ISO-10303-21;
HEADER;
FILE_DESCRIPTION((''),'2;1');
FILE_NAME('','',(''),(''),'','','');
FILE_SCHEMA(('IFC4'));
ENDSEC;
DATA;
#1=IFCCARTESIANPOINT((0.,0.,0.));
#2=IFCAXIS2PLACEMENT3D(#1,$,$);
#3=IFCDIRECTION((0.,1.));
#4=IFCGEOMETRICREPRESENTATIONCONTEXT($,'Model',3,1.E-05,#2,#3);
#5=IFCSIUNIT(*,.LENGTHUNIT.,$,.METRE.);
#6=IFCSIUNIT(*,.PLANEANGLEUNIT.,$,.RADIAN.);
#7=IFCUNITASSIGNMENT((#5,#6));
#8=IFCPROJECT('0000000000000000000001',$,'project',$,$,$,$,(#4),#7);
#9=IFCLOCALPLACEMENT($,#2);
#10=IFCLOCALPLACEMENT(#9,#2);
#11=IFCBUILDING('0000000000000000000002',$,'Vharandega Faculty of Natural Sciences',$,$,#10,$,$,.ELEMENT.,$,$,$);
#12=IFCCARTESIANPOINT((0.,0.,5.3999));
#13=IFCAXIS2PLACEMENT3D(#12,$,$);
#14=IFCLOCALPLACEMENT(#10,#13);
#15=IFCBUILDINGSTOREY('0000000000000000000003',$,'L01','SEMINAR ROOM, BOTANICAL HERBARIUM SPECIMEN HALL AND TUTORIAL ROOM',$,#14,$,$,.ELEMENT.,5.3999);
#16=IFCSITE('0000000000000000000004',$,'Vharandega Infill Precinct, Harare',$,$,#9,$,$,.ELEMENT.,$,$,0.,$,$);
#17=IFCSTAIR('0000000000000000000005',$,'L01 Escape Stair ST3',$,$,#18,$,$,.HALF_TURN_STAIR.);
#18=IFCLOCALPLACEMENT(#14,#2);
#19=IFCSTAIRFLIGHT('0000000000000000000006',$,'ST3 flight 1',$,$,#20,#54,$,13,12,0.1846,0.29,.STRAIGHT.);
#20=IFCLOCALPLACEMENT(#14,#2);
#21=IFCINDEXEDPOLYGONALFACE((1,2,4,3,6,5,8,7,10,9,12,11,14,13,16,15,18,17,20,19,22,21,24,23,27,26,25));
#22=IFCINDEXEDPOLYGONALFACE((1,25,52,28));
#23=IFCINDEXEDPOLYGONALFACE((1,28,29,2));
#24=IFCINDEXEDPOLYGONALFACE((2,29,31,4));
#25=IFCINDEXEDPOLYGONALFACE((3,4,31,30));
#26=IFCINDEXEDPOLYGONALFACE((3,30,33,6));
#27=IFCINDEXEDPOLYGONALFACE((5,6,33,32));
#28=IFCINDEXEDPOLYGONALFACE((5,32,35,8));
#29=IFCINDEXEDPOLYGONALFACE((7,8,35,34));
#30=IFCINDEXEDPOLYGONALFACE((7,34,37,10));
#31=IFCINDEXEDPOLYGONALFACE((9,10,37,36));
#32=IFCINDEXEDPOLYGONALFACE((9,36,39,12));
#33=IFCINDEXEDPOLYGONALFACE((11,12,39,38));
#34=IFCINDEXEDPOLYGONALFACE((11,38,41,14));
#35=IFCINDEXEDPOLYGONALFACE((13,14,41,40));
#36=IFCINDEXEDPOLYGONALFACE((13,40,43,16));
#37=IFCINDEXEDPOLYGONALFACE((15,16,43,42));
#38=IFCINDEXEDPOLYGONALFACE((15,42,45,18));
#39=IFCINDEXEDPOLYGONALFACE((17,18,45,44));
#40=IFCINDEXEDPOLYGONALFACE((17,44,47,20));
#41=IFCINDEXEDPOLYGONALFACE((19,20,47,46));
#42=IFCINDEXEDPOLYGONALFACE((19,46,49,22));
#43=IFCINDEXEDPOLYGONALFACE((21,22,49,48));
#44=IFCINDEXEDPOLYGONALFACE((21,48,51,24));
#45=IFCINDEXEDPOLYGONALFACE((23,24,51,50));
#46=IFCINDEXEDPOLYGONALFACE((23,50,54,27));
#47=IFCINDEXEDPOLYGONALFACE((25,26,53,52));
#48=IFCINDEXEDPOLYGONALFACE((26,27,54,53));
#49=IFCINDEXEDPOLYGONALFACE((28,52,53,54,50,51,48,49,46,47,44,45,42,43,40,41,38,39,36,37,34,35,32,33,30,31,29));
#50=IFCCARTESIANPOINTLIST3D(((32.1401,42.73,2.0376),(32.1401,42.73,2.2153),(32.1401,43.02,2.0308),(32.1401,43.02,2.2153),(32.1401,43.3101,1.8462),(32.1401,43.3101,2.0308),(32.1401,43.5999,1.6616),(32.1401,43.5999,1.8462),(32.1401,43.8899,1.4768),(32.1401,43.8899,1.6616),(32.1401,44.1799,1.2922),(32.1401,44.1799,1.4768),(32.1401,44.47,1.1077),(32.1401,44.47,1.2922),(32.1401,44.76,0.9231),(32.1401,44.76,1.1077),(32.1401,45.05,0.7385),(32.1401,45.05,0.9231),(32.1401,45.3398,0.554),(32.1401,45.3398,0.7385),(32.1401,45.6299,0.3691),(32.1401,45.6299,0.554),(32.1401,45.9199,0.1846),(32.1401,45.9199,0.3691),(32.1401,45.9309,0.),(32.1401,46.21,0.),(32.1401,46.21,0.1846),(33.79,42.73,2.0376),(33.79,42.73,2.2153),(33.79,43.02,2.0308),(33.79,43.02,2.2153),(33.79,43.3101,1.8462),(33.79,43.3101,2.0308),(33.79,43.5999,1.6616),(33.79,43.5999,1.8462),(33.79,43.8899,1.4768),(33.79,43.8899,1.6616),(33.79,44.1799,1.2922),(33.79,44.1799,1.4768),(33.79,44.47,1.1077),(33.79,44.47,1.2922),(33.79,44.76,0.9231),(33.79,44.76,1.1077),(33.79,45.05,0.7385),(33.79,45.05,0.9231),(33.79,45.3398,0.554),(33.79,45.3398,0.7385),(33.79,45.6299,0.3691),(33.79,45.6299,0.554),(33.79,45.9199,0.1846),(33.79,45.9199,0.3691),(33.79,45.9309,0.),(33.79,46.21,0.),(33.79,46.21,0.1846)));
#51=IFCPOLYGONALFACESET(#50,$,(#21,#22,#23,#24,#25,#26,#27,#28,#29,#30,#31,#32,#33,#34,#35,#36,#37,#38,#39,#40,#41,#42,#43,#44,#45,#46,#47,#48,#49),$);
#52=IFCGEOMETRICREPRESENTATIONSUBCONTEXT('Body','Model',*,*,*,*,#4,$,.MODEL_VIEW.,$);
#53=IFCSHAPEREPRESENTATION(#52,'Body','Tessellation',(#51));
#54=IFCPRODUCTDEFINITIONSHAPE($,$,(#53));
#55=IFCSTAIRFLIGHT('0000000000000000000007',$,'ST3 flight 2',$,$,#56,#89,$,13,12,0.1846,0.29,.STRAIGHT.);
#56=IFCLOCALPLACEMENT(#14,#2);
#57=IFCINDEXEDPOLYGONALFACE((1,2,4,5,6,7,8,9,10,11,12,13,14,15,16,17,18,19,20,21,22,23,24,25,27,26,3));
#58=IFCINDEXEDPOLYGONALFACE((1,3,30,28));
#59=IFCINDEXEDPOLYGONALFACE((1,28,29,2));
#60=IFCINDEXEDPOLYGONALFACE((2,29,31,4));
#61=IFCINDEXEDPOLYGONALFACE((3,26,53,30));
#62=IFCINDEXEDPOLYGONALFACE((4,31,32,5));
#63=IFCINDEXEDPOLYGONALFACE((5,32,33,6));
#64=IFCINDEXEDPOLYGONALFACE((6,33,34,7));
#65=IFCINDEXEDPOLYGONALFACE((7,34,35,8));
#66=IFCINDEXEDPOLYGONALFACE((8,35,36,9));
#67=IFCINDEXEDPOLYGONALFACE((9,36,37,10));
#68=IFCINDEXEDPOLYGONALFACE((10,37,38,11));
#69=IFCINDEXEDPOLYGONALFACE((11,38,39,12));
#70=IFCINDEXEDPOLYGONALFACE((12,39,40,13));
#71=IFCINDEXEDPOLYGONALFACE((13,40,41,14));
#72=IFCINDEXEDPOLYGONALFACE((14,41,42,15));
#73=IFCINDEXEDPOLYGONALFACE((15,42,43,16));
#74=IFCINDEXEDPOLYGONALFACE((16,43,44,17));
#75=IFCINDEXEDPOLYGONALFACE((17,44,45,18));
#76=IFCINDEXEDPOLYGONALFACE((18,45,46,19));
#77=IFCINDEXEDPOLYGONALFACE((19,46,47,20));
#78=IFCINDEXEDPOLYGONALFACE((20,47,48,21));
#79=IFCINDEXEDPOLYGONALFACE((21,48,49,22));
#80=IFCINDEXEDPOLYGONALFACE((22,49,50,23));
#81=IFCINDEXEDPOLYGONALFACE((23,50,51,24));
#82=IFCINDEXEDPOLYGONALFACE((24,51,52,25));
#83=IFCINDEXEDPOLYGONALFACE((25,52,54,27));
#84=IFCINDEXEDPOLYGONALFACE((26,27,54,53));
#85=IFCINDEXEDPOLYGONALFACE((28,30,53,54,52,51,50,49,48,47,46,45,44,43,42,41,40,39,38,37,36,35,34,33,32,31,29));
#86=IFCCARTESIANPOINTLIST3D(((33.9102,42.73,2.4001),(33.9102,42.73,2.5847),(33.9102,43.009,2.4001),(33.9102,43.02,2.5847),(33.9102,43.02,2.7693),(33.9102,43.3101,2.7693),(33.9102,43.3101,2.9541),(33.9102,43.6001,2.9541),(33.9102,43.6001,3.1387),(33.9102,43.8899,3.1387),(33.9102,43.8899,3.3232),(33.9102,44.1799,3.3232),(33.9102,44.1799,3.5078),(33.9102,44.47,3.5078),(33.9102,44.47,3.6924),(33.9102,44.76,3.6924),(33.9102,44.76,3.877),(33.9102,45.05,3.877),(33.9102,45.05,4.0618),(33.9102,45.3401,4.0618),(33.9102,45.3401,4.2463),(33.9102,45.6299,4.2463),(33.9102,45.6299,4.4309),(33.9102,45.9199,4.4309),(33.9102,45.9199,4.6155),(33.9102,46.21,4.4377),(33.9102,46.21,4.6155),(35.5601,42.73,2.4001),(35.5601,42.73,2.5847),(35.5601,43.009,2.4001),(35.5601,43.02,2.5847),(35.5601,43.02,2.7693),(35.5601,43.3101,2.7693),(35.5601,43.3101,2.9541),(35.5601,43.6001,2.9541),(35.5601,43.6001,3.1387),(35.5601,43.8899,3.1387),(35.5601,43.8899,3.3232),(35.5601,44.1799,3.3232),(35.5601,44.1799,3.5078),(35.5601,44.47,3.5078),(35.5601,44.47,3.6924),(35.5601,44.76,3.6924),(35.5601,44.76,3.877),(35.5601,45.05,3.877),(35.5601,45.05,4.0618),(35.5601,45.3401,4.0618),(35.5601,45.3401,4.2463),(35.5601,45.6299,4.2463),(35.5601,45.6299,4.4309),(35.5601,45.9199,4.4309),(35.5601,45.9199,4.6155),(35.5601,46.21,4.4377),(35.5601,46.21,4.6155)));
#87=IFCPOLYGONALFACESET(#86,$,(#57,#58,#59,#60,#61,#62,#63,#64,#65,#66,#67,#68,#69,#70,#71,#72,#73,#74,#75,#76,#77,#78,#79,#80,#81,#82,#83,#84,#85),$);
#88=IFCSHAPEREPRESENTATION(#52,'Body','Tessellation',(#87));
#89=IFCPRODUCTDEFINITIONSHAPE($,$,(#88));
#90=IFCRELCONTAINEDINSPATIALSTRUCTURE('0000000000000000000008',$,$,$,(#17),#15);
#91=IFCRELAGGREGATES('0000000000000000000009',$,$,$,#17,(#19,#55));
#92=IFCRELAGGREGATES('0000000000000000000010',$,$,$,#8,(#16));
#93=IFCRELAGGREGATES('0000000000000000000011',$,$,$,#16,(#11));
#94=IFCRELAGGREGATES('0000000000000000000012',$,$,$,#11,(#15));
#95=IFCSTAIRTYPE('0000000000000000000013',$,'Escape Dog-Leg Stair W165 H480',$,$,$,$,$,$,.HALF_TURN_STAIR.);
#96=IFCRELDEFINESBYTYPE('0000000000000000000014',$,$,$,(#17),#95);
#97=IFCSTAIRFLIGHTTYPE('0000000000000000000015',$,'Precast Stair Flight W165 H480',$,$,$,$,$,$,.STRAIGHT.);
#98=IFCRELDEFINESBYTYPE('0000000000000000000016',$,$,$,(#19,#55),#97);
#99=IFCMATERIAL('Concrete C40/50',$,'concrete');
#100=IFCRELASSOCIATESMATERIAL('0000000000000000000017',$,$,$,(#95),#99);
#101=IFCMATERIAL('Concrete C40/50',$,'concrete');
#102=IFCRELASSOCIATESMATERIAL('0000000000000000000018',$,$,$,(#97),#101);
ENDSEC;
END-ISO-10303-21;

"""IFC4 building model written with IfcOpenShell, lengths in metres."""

from ifc_helpers import new_model, si_unit, direction, frame, origin, place, context, subcontext, project, spatial, polyline, outline, extrude, material, type_object, element, aggregate, save


model = new_model("IFC4")

# Units and contexts
model_context = context("Model", 3, precision=1e-05, world=origin(), true_north=direction((0.0, 1.0)))
body_context = subcontext(model_context, "Body", "Model", "MODEL_VIEW")
ifc_project = project(units=[si_unit("LENGTHUNIT", "METRE"), si_unit("PLANEANGLEUNIT", "RADIAN")], contexts=[model_context])

# Site, building, storey
site_placement = place(None, origin())
site = spatial("IfcSite", under=ifc_project, at=site_placement, Name="Vharandega Infill Precinct, Harare", CompositionType="ELEMENT", RefElevation=0.0)
building_placement = place(site_placement, origin())
building = spatial("IfcBuilding", under=site, at=building_placement, Name="Vharandega Faculty of Natural Sciences", CompositionType="ELEMENT")
storey_placement = place(building_placement, frame((0.0, 0.0, 5.3999)))
storey = spatial("IfcBuildingStorey", under=building, at=storey_placement, Name="L01", Description="SEMINAR ROOM, BOTANICAL HERBARIUM SPECIMEN HALL AND TUTORIAL ROOM", CompositionType="ELEMENT", Elevation=5.3999)

# Stair, stair flights
ifc_material_1 = material(Name="Concrete C40/50", Category="concrete")
stair_type = type_object("IfcStairType", Name="Escape Dog-Leg Stair W165 H480", PredefinedType="HALF_TURN_STAIR", material=ifc_material_1)
stair_placement = place(storey_placement, origin())
stair = element("IfcStair", 1, at=stair_placement, inside=storey, type_object=stair_type, Name="L01 Escape Stair ST3", PredefinedType="HALF_TURN_STAIR")
ifc_material_2 = material(Name="Concrete C40/50", Category="concrete")
stair_flight_type = type_object("IfcStairFlightType", Name="Precast Stair Flight W165 H480", PredefinedType="STRAIGHT", material=ifc_material_2)
stair_flight_1_placement = place(storey_placement, frame((32.9651, 46.21, 0.0), z_axis=(0.0, 0.0, 1.0), x_axis=(0.0, -1.0, 0.0)))
stair_flight_1 = element("IfcStairFlight", 2, at=stair_flight_1_placement, type_object=stair_flight_type, Name="ST3 flight 1", NumberOfRisers=13, NumberOfTreads=12, PredefinedType="STRAIGHT", RiserHeight=0.1846, TreadLength=0.29, context=body_context, shape_type="SweptSolid", body=[
    extrude(outline(polyline([(0.0, 0.0), (0.0, 0.1846), (0.29, 0.1846), (0.29, 0.3691), (0.5801, 0.3691), (0.5801, 0.554), (0.8701, 0.554), (0.8701, 0.7385), (1.1599, 0.7385), (1.1599, 0.9231), (1.45, 0.9231), (1.45, 1.1077), (1.74, 1.1077), (1.74, 1.2922), (2.03, 1.2922), (2.03, 1.4768), (2.3201, 1.4768), (2.3201, 1.6616), (2.6101, 1.6616), (2.6101, 1.8462), (2.8999, 1.8462), (2.8999, 2.0308), (3.1899, 2.0308), (3.1899, 2.2153), (3.48, 2.2153), (3.48, 2.3999), (3.48, 2.0376), (0.2791, 0.0), (0.0, 0.0)])), frame((0.0, 0.825, 0.0), z_axis=(0.0, -1.0, 0.0), x_axis=(1.0, 0.0, 0.0)), (0.0, 0.0, 1.0), 1.6499),
])
stair_flight_2_placement = place(storey_placement, frame((34.7351, 42.73, 2.4001), z_axis=(0.0, 0.0, 1.0), x_axis=(0.0, 1.0, 0.0)))
stair_flight_2 = element("IfcStairFlight", 3, at=stair_flight_2_placement, type_object=stair_flight_type, Name="ST3 flight 2", NumberOfRisers=13, NumberOfTreads=12, PredefinedType="STRAIGHT", RiserHeight=0.1846, TreadLength=0.29, context=body_context, shape_type="SweptSolid", body=[
    extrude(outline(polyline([(0.0, 0.0), (0.0, 0.1846), (0.29, 0.1846), (0.29, 0.3691), (0.5801, 0.3691), (0.5801, 0.554), (0.8701, 0.554), (0.8701, 0.7385), (1.1599, 0.7385), (1.1599, 0.9231), (1.45, 0.9231), (1.45, 1.1077), (1.74, 1.1077), (1.74, 1.2922), (2.03, 1.2922), (2.03, 1.4768), (2.3201, 1.4768), (2.3201, 1.6616), (2.6101, 1.6616), (2.6101, 1.8462), (2.8999, 1.8462), (2.8999, 2.0308), (3.1899, 2.0308), (3.1899, 2.2153), (3.48, 2.2153), (3.48, 2.3999), (3.48, 2.0376), (0.2791, 0.0), (0.0, 0.0)])), frame((0.0, 0.825, 0.0), z_axis=(0.0, -1.0, 0.0), x_axis=(1.0, 0.0, 0.0)), (0.0, 0.0, 1.0), 1.6499),
])
aggregate(stair, [stair_flight_1, stair_flight_2])

save(model, "model.ifc")
